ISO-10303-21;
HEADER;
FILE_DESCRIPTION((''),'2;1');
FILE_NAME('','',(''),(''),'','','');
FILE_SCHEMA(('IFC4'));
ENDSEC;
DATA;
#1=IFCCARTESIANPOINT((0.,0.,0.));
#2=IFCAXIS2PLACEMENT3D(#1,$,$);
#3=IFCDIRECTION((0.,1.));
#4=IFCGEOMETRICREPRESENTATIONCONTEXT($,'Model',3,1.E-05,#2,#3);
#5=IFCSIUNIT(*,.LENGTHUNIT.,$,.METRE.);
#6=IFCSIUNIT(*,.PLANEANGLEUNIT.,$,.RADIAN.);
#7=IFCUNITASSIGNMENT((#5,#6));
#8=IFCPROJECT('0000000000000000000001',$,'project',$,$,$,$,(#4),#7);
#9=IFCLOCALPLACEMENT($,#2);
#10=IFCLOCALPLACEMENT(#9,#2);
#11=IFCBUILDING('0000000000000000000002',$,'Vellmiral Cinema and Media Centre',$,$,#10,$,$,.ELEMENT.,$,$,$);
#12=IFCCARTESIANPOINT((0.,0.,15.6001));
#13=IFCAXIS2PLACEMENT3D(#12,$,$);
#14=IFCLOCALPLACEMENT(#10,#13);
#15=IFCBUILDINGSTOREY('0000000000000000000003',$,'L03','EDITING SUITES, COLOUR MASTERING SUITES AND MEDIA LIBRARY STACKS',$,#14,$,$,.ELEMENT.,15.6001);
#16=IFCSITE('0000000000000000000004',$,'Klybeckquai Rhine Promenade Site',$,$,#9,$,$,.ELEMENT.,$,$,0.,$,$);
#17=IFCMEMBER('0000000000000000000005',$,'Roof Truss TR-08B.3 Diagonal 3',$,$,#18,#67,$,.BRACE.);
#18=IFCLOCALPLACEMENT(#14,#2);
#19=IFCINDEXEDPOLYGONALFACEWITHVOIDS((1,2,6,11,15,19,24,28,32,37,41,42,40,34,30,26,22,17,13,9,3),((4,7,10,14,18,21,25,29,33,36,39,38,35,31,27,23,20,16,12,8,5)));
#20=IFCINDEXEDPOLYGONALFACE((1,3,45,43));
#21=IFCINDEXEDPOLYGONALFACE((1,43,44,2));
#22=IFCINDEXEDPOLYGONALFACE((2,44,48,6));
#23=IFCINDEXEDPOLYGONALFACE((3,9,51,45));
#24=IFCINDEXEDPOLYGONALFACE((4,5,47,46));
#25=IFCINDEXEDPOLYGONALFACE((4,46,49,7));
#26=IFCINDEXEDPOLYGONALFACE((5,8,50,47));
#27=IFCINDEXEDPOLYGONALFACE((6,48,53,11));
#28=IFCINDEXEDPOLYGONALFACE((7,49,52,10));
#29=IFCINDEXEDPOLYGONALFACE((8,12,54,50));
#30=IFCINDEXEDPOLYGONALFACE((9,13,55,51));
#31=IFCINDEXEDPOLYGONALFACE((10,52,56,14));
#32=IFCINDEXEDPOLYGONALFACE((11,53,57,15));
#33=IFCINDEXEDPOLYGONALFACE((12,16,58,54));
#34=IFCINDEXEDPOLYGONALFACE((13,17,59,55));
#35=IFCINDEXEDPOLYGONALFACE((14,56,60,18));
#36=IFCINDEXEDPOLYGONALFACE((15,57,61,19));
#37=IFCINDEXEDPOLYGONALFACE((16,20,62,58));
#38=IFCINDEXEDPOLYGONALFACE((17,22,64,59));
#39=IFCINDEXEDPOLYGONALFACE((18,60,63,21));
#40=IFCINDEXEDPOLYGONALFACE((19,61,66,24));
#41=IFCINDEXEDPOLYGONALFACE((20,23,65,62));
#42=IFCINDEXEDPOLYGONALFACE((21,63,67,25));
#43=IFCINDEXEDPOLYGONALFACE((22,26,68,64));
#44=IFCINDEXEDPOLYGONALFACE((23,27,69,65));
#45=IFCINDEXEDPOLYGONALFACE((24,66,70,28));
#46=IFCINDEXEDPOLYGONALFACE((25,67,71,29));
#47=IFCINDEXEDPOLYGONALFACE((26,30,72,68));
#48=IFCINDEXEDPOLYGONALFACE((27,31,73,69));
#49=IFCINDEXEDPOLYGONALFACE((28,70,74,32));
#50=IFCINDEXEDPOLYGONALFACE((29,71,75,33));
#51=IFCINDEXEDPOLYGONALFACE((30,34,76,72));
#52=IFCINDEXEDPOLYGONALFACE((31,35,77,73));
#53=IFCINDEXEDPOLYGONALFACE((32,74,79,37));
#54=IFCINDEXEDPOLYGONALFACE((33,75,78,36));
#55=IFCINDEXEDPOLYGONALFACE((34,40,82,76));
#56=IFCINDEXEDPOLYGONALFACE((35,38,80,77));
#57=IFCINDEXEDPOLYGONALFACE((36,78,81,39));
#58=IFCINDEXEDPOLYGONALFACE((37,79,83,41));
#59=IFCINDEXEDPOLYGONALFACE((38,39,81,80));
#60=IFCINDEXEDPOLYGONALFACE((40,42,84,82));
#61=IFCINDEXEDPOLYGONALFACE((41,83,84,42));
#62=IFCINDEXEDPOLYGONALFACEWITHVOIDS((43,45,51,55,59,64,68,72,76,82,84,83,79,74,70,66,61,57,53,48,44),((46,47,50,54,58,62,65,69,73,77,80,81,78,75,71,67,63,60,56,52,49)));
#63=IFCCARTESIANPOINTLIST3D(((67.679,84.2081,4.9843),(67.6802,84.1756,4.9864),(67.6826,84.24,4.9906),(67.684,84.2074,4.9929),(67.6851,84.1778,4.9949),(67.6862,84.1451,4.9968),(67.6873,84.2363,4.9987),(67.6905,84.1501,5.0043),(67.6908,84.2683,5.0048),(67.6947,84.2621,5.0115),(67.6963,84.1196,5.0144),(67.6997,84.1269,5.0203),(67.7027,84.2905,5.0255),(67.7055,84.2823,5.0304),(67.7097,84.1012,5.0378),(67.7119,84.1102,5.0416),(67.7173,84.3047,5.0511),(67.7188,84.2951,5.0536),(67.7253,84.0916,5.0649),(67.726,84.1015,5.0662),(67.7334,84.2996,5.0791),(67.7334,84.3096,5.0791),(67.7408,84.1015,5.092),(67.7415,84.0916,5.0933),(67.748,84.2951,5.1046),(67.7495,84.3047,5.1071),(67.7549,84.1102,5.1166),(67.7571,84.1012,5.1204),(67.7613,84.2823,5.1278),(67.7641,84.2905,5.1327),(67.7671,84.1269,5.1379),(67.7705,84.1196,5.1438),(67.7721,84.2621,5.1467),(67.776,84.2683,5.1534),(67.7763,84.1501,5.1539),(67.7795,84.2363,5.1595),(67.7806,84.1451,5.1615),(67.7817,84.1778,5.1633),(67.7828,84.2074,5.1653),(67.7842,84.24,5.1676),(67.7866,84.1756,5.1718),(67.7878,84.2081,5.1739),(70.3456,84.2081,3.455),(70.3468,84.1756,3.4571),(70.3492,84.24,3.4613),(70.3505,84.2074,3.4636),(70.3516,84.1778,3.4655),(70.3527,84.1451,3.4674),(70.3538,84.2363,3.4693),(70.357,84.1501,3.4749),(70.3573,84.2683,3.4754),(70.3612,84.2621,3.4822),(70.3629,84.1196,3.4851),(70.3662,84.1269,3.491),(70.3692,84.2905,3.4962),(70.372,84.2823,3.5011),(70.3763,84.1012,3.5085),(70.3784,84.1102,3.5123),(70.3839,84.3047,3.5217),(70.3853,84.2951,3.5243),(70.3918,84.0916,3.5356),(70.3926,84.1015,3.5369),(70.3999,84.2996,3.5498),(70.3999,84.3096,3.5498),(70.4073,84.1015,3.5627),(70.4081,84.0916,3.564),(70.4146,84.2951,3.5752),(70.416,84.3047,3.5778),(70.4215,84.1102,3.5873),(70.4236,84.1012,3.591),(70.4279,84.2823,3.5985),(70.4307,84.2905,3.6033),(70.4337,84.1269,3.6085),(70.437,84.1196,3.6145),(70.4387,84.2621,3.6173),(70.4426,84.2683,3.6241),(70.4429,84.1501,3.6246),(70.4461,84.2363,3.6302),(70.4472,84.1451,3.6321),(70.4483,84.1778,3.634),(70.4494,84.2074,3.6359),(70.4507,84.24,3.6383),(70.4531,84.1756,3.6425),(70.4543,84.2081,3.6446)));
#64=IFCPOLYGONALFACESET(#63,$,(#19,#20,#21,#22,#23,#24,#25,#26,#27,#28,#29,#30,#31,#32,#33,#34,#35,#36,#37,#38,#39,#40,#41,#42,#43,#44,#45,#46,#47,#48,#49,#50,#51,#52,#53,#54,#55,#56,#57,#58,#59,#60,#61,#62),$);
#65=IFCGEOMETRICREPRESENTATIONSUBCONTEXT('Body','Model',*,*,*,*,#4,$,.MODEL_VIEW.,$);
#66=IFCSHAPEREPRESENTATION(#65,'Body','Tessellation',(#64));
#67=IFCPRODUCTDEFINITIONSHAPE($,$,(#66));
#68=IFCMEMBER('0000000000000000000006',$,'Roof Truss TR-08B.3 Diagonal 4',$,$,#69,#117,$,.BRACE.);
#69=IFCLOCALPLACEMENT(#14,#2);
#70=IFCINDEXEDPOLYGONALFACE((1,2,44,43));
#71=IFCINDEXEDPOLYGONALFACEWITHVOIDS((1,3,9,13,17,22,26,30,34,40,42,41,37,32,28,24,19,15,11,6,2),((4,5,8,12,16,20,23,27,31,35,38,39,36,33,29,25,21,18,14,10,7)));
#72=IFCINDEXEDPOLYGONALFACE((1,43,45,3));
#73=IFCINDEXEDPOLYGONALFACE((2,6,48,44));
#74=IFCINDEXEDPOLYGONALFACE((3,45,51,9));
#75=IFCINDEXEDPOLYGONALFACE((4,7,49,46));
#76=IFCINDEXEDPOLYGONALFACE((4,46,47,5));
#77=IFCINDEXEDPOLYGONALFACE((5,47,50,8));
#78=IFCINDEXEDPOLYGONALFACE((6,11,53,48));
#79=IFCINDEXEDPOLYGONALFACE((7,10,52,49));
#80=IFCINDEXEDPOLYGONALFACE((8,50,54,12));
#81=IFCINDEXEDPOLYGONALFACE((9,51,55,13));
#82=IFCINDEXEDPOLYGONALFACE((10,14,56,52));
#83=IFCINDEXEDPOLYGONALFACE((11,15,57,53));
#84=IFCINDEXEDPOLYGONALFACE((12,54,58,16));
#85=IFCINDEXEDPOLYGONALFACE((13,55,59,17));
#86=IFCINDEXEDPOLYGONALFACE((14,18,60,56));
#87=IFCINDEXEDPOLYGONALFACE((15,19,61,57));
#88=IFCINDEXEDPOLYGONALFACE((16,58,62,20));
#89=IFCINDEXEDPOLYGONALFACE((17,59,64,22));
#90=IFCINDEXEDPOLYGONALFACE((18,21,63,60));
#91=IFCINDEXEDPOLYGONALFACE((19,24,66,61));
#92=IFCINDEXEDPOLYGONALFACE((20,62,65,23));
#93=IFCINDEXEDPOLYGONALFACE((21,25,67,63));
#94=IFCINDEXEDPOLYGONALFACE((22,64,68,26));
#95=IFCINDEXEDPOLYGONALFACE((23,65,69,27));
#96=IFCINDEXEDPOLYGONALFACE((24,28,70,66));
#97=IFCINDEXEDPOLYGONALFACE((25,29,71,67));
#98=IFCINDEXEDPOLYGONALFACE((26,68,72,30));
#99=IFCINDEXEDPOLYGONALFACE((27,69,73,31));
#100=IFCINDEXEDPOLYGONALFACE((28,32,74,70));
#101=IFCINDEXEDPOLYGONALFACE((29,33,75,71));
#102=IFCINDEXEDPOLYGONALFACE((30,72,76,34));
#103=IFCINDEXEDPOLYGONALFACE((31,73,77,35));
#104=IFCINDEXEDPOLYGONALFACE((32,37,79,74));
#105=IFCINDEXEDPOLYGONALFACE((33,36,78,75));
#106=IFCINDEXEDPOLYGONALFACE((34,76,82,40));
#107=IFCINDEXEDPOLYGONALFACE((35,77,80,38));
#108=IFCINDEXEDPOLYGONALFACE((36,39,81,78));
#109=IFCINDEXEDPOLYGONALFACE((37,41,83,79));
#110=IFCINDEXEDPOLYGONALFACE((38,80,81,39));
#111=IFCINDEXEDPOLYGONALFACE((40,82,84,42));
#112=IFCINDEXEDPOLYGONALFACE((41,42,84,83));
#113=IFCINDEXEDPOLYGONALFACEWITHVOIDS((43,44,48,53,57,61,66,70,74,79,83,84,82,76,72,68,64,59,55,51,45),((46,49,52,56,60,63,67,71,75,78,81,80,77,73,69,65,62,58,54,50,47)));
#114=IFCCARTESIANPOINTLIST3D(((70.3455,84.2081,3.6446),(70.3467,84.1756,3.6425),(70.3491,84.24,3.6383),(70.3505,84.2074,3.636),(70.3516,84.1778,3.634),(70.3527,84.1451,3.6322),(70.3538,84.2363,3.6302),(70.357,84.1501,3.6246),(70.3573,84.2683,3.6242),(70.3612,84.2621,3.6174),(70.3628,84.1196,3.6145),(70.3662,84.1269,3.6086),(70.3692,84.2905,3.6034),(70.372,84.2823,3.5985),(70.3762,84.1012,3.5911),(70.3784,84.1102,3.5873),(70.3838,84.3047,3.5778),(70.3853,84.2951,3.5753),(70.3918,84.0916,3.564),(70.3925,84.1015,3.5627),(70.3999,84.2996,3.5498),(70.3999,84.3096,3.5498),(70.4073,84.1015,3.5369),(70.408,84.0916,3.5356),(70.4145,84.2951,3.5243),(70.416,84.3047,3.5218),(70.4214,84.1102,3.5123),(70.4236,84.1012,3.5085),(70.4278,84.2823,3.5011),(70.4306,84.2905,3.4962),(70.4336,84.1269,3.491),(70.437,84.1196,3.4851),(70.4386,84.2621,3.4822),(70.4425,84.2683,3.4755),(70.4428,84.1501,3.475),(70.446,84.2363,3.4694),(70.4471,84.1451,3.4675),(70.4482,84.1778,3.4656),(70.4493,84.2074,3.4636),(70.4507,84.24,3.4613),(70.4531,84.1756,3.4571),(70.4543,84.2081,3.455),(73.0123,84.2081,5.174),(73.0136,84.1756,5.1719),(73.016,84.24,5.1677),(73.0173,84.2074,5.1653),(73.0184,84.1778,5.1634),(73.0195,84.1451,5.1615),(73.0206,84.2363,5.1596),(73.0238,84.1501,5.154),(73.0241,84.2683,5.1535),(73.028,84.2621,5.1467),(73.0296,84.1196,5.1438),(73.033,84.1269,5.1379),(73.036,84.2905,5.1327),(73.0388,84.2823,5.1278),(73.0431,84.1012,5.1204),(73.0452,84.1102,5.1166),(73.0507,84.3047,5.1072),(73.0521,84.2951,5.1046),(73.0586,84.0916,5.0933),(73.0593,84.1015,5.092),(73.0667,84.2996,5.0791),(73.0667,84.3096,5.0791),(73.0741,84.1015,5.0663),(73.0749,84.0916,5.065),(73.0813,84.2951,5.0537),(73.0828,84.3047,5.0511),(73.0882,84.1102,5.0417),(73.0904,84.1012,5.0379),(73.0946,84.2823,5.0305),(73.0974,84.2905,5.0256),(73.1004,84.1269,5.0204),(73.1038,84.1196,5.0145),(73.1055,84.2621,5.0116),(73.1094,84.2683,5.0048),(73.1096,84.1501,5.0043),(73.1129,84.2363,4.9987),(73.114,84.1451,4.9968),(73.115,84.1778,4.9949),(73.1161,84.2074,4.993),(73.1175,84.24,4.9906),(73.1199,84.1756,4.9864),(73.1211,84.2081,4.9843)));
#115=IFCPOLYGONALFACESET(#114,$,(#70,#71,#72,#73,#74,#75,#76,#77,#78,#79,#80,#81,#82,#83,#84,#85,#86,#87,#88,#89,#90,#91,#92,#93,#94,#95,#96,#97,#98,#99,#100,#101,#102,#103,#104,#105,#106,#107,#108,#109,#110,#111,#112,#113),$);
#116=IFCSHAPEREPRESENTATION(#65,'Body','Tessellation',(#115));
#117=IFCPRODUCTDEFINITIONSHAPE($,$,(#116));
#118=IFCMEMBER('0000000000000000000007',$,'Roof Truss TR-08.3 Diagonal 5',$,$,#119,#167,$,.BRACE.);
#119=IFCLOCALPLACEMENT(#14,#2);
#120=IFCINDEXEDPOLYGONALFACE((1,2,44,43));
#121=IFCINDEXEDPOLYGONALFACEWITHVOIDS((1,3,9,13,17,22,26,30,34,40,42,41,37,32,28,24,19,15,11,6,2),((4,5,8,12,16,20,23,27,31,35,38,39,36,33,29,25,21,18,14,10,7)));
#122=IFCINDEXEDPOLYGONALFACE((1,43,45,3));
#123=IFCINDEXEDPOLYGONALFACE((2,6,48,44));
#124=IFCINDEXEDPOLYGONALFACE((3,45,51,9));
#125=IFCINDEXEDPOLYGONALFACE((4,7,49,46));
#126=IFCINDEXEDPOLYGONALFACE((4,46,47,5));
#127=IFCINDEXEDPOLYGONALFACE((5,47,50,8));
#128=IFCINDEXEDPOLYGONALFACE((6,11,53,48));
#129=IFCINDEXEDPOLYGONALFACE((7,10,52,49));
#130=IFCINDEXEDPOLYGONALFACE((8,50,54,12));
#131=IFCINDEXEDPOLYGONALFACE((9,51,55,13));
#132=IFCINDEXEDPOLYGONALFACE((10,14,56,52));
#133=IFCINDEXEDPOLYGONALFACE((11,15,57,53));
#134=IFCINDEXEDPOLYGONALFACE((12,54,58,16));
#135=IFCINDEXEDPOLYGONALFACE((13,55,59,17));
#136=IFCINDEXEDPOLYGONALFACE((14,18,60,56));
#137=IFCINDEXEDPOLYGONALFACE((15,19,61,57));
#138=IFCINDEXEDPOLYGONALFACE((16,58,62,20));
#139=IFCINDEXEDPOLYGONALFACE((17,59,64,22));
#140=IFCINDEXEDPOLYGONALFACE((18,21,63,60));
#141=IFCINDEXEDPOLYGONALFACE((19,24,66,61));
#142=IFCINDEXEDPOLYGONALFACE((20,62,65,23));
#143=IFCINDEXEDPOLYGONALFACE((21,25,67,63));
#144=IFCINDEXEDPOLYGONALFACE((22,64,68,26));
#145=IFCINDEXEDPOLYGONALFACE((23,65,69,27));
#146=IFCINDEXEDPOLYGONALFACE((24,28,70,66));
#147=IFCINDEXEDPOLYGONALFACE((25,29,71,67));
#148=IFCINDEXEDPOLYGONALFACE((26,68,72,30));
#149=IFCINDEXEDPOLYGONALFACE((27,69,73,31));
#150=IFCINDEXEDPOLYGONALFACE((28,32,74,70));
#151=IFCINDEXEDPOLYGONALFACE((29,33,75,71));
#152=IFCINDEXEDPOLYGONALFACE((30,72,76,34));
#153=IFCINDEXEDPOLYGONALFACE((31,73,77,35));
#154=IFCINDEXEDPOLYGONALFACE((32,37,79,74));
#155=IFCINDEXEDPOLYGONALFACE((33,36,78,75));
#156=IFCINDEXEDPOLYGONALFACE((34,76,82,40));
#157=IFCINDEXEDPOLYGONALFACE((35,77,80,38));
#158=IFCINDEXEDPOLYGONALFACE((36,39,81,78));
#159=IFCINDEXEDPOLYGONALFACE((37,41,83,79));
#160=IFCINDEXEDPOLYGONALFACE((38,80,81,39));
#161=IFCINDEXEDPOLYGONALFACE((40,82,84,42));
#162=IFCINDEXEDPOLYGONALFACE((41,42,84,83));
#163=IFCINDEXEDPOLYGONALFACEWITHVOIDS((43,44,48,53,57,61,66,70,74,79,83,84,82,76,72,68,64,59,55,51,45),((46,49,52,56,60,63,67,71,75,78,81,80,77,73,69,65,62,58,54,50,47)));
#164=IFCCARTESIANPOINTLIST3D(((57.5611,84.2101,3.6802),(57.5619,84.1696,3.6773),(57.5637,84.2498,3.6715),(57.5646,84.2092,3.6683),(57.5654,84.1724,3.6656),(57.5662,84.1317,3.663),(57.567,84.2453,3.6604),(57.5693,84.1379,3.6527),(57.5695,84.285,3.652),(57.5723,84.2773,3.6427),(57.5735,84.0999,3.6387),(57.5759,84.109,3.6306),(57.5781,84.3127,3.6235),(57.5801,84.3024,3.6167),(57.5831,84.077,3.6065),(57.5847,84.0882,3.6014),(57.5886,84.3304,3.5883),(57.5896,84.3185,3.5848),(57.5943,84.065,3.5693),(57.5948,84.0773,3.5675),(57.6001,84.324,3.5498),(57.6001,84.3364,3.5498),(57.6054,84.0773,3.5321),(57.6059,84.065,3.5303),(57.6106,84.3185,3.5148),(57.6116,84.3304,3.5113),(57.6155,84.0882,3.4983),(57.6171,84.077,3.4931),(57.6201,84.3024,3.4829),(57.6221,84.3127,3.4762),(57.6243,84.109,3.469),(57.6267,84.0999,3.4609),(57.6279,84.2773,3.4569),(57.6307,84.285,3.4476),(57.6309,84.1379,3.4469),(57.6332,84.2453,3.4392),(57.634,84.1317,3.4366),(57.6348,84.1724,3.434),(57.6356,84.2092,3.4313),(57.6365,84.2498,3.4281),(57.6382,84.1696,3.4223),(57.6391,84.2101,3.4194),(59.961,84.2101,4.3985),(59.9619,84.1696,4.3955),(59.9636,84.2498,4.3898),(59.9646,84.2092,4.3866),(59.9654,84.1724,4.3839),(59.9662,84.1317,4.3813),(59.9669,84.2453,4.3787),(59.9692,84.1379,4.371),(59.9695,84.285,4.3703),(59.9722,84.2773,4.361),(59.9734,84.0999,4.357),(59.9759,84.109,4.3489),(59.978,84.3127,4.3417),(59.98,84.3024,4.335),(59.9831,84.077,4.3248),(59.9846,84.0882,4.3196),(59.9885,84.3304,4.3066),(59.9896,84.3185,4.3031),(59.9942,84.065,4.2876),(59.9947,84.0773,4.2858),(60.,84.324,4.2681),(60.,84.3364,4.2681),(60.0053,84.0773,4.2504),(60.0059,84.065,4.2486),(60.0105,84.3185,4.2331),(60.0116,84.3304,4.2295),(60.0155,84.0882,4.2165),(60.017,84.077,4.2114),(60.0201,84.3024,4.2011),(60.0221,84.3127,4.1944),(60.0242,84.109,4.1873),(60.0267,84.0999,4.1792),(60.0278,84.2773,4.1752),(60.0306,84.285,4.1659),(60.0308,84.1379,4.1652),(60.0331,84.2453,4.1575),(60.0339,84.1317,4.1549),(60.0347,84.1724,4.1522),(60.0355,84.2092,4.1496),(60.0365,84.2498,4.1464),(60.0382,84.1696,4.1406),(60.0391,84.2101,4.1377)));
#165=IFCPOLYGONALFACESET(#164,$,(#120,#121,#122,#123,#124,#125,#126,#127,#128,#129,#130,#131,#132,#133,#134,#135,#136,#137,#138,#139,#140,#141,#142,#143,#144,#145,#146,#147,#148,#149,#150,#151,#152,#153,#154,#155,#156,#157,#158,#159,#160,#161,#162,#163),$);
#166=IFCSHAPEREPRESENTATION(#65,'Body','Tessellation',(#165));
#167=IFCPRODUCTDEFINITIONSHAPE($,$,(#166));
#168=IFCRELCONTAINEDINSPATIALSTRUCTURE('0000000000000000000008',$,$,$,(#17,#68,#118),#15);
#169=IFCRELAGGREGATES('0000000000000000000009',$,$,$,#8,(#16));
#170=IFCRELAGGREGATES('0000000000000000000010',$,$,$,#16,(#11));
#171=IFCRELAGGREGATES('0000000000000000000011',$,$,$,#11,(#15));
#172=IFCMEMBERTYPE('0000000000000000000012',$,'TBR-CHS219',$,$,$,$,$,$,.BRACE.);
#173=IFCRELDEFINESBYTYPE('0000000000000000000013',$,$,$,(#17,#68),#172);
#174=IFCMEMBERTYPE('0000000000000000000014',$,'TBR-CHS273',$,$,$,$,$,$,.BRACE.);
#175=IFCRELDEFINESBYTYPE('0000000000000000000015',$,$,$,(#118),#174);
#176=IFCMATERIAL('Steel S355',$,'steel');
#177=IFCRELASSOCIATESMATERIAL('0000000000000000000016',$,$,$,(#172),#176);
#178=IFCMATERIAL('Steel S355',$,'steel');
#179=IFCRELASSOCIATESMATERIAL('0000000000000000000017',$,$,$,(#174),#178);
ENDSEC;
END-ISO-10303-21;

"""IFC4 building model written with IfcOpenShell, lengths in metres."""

from ifc_helpers import new_model, si_unit, direction, frame, origin, origin_2d, place, context, subcontext, project, spatial, hollow_circle, extrude, material, material_profile, profile_set, type_object, element, save


model = new_model("IFC4")

# Units and contexts
model_context = context("Model", 3, precision=1e-05, world=origin(), true_north=direction((0.0, 1.0)))
body_context = subcontext(model_context, "Body", "Model", "MODEL_VIEW")
ifc_project = project(units=[si_unit("LENGTHUNIT", "METRE"), si_unit("PLANEANGLEUNIT", "RADIAN")], contexts=[model_context])

# Site, building, storey
site_placement = place(None, origin())
site = spatial("IfcSite", under=ifc_project, at=site_placement, Name="Klybeckquai Rhine Promenade Site", CompositionType="ELEMENT", RefElevation=0.0)
building_placement = place(site_placement, origin())
building = spatial("IfcBuilding", under=site, at=building_placement, Name="Vellmiral Cinema and Media Centre", CompositionType="ELEMENT")
storey_placement = place(building_placement, frame((0.0, 0.0, 15.6001)))
storey = spatial("IfcBuildingStorey", under=building, at=storey_placement, Name="L03", Description="EDITING SUITES, COLOUR MASTERING SUITES AND MEDIA LIBRARY STACKS", CompositionType="ELEMENT", Elevation=15.6001)

# Members
ifc_material_1 = material(Name="Steel S355", Category="steel")
ifc_material_profile_1 = material_profile(ifc_material_1, hollow_circle(Radius=0.1096, WallThickness=0.01, at=origin_2d()), Name="CHS 219.1x10.0")
ifc_profile_set_1 = profile_set([ifc_material_profile_1], Name="Steel S355")
member_type_1 = type_object("IfcMemberType", Name="TBR-CHS219", PredefinedType="BRACE", material=ifc_profile_set_1)
member_1_placement = place(storey_placement, frame((67.7334, 84.2, 5.0791), z_axis=(0.86746, 0.0, -0.497507), x_axis=(0.0, 1.0, 0.0)))
element("IfcMember", 1, at=member_1_placement, inside=storey, type_object=member_type_1, Name="Roof Truss TR-08B.3 Diagonal 3", PredefinedType="BRACE", context=body_context, shape_type="SweptSolid", body=[
    extrude(hollow_circle(Radius=0.1096, WallThickness=0.01, at=origin_2d()), origin(), (0.0, 0.0, 1.0), 3.074),
])
member_2_placement = place(storey_placement, frame((70.3999, 84.2, 3.5498), z_axis=(0.86748, 0.0, 0.497473), x_axis=(0.0, 1.0, 0.0)))
element("IfcMember", 2, at=member_2_placement, inside=storey, type_object=member_type_1, Name="Roof Truss TR-08B.3 Diagonal 4", PredefinedType="BRACE", context=body_context, shape_type="SweptSolid", body=[
    extrude(hollow_circle(Radius=0.1096, WallThickness=0.01, at=origin_2d()), origin(), (0.0, 0.0, 1.0), 3.0742),
])
ifc_material_2 = material(Name="Steel S355", Category="steel")
ifc_material_profile_2 = material_profile(ifc_material_2, hollow_circle(Radius=0.1365, WallThickness=0.0125, at=origin_2d()), Name="CHS 273.0x12.5")
ifc_profile_set_2 = profile_set([ifc_material_profile_2], Name="Steel S355")
member_type_2 = type_object("IfcMemberType", Name="TBR-CHS273", PredefinedType="BRACE", material=ifc_profile_set_2)
member_3_placement = place(storey_placement, frame((57.6001, 84.2, 3.5498), z_axis=(0.958014, 0.0, 0.286722), x_axis=(0.0, 1.0, 0.0)))
element("IfcMember", 3, at=member_3_placement, inside=storey, type_object=member_type_2, Name="Roof Truss TR-08.3 Diagonal 5", PredefinedType="BRACE", context=body_context, shape_type="SweptSolid", body=[
    extrude(hollow_circle(Radius=0.1365, WallThickness=0.0125, at=origin_2d()), origin(), (0.0, 0.0, 1.0), 2.5051),
])

save(model, "model.ifc")
